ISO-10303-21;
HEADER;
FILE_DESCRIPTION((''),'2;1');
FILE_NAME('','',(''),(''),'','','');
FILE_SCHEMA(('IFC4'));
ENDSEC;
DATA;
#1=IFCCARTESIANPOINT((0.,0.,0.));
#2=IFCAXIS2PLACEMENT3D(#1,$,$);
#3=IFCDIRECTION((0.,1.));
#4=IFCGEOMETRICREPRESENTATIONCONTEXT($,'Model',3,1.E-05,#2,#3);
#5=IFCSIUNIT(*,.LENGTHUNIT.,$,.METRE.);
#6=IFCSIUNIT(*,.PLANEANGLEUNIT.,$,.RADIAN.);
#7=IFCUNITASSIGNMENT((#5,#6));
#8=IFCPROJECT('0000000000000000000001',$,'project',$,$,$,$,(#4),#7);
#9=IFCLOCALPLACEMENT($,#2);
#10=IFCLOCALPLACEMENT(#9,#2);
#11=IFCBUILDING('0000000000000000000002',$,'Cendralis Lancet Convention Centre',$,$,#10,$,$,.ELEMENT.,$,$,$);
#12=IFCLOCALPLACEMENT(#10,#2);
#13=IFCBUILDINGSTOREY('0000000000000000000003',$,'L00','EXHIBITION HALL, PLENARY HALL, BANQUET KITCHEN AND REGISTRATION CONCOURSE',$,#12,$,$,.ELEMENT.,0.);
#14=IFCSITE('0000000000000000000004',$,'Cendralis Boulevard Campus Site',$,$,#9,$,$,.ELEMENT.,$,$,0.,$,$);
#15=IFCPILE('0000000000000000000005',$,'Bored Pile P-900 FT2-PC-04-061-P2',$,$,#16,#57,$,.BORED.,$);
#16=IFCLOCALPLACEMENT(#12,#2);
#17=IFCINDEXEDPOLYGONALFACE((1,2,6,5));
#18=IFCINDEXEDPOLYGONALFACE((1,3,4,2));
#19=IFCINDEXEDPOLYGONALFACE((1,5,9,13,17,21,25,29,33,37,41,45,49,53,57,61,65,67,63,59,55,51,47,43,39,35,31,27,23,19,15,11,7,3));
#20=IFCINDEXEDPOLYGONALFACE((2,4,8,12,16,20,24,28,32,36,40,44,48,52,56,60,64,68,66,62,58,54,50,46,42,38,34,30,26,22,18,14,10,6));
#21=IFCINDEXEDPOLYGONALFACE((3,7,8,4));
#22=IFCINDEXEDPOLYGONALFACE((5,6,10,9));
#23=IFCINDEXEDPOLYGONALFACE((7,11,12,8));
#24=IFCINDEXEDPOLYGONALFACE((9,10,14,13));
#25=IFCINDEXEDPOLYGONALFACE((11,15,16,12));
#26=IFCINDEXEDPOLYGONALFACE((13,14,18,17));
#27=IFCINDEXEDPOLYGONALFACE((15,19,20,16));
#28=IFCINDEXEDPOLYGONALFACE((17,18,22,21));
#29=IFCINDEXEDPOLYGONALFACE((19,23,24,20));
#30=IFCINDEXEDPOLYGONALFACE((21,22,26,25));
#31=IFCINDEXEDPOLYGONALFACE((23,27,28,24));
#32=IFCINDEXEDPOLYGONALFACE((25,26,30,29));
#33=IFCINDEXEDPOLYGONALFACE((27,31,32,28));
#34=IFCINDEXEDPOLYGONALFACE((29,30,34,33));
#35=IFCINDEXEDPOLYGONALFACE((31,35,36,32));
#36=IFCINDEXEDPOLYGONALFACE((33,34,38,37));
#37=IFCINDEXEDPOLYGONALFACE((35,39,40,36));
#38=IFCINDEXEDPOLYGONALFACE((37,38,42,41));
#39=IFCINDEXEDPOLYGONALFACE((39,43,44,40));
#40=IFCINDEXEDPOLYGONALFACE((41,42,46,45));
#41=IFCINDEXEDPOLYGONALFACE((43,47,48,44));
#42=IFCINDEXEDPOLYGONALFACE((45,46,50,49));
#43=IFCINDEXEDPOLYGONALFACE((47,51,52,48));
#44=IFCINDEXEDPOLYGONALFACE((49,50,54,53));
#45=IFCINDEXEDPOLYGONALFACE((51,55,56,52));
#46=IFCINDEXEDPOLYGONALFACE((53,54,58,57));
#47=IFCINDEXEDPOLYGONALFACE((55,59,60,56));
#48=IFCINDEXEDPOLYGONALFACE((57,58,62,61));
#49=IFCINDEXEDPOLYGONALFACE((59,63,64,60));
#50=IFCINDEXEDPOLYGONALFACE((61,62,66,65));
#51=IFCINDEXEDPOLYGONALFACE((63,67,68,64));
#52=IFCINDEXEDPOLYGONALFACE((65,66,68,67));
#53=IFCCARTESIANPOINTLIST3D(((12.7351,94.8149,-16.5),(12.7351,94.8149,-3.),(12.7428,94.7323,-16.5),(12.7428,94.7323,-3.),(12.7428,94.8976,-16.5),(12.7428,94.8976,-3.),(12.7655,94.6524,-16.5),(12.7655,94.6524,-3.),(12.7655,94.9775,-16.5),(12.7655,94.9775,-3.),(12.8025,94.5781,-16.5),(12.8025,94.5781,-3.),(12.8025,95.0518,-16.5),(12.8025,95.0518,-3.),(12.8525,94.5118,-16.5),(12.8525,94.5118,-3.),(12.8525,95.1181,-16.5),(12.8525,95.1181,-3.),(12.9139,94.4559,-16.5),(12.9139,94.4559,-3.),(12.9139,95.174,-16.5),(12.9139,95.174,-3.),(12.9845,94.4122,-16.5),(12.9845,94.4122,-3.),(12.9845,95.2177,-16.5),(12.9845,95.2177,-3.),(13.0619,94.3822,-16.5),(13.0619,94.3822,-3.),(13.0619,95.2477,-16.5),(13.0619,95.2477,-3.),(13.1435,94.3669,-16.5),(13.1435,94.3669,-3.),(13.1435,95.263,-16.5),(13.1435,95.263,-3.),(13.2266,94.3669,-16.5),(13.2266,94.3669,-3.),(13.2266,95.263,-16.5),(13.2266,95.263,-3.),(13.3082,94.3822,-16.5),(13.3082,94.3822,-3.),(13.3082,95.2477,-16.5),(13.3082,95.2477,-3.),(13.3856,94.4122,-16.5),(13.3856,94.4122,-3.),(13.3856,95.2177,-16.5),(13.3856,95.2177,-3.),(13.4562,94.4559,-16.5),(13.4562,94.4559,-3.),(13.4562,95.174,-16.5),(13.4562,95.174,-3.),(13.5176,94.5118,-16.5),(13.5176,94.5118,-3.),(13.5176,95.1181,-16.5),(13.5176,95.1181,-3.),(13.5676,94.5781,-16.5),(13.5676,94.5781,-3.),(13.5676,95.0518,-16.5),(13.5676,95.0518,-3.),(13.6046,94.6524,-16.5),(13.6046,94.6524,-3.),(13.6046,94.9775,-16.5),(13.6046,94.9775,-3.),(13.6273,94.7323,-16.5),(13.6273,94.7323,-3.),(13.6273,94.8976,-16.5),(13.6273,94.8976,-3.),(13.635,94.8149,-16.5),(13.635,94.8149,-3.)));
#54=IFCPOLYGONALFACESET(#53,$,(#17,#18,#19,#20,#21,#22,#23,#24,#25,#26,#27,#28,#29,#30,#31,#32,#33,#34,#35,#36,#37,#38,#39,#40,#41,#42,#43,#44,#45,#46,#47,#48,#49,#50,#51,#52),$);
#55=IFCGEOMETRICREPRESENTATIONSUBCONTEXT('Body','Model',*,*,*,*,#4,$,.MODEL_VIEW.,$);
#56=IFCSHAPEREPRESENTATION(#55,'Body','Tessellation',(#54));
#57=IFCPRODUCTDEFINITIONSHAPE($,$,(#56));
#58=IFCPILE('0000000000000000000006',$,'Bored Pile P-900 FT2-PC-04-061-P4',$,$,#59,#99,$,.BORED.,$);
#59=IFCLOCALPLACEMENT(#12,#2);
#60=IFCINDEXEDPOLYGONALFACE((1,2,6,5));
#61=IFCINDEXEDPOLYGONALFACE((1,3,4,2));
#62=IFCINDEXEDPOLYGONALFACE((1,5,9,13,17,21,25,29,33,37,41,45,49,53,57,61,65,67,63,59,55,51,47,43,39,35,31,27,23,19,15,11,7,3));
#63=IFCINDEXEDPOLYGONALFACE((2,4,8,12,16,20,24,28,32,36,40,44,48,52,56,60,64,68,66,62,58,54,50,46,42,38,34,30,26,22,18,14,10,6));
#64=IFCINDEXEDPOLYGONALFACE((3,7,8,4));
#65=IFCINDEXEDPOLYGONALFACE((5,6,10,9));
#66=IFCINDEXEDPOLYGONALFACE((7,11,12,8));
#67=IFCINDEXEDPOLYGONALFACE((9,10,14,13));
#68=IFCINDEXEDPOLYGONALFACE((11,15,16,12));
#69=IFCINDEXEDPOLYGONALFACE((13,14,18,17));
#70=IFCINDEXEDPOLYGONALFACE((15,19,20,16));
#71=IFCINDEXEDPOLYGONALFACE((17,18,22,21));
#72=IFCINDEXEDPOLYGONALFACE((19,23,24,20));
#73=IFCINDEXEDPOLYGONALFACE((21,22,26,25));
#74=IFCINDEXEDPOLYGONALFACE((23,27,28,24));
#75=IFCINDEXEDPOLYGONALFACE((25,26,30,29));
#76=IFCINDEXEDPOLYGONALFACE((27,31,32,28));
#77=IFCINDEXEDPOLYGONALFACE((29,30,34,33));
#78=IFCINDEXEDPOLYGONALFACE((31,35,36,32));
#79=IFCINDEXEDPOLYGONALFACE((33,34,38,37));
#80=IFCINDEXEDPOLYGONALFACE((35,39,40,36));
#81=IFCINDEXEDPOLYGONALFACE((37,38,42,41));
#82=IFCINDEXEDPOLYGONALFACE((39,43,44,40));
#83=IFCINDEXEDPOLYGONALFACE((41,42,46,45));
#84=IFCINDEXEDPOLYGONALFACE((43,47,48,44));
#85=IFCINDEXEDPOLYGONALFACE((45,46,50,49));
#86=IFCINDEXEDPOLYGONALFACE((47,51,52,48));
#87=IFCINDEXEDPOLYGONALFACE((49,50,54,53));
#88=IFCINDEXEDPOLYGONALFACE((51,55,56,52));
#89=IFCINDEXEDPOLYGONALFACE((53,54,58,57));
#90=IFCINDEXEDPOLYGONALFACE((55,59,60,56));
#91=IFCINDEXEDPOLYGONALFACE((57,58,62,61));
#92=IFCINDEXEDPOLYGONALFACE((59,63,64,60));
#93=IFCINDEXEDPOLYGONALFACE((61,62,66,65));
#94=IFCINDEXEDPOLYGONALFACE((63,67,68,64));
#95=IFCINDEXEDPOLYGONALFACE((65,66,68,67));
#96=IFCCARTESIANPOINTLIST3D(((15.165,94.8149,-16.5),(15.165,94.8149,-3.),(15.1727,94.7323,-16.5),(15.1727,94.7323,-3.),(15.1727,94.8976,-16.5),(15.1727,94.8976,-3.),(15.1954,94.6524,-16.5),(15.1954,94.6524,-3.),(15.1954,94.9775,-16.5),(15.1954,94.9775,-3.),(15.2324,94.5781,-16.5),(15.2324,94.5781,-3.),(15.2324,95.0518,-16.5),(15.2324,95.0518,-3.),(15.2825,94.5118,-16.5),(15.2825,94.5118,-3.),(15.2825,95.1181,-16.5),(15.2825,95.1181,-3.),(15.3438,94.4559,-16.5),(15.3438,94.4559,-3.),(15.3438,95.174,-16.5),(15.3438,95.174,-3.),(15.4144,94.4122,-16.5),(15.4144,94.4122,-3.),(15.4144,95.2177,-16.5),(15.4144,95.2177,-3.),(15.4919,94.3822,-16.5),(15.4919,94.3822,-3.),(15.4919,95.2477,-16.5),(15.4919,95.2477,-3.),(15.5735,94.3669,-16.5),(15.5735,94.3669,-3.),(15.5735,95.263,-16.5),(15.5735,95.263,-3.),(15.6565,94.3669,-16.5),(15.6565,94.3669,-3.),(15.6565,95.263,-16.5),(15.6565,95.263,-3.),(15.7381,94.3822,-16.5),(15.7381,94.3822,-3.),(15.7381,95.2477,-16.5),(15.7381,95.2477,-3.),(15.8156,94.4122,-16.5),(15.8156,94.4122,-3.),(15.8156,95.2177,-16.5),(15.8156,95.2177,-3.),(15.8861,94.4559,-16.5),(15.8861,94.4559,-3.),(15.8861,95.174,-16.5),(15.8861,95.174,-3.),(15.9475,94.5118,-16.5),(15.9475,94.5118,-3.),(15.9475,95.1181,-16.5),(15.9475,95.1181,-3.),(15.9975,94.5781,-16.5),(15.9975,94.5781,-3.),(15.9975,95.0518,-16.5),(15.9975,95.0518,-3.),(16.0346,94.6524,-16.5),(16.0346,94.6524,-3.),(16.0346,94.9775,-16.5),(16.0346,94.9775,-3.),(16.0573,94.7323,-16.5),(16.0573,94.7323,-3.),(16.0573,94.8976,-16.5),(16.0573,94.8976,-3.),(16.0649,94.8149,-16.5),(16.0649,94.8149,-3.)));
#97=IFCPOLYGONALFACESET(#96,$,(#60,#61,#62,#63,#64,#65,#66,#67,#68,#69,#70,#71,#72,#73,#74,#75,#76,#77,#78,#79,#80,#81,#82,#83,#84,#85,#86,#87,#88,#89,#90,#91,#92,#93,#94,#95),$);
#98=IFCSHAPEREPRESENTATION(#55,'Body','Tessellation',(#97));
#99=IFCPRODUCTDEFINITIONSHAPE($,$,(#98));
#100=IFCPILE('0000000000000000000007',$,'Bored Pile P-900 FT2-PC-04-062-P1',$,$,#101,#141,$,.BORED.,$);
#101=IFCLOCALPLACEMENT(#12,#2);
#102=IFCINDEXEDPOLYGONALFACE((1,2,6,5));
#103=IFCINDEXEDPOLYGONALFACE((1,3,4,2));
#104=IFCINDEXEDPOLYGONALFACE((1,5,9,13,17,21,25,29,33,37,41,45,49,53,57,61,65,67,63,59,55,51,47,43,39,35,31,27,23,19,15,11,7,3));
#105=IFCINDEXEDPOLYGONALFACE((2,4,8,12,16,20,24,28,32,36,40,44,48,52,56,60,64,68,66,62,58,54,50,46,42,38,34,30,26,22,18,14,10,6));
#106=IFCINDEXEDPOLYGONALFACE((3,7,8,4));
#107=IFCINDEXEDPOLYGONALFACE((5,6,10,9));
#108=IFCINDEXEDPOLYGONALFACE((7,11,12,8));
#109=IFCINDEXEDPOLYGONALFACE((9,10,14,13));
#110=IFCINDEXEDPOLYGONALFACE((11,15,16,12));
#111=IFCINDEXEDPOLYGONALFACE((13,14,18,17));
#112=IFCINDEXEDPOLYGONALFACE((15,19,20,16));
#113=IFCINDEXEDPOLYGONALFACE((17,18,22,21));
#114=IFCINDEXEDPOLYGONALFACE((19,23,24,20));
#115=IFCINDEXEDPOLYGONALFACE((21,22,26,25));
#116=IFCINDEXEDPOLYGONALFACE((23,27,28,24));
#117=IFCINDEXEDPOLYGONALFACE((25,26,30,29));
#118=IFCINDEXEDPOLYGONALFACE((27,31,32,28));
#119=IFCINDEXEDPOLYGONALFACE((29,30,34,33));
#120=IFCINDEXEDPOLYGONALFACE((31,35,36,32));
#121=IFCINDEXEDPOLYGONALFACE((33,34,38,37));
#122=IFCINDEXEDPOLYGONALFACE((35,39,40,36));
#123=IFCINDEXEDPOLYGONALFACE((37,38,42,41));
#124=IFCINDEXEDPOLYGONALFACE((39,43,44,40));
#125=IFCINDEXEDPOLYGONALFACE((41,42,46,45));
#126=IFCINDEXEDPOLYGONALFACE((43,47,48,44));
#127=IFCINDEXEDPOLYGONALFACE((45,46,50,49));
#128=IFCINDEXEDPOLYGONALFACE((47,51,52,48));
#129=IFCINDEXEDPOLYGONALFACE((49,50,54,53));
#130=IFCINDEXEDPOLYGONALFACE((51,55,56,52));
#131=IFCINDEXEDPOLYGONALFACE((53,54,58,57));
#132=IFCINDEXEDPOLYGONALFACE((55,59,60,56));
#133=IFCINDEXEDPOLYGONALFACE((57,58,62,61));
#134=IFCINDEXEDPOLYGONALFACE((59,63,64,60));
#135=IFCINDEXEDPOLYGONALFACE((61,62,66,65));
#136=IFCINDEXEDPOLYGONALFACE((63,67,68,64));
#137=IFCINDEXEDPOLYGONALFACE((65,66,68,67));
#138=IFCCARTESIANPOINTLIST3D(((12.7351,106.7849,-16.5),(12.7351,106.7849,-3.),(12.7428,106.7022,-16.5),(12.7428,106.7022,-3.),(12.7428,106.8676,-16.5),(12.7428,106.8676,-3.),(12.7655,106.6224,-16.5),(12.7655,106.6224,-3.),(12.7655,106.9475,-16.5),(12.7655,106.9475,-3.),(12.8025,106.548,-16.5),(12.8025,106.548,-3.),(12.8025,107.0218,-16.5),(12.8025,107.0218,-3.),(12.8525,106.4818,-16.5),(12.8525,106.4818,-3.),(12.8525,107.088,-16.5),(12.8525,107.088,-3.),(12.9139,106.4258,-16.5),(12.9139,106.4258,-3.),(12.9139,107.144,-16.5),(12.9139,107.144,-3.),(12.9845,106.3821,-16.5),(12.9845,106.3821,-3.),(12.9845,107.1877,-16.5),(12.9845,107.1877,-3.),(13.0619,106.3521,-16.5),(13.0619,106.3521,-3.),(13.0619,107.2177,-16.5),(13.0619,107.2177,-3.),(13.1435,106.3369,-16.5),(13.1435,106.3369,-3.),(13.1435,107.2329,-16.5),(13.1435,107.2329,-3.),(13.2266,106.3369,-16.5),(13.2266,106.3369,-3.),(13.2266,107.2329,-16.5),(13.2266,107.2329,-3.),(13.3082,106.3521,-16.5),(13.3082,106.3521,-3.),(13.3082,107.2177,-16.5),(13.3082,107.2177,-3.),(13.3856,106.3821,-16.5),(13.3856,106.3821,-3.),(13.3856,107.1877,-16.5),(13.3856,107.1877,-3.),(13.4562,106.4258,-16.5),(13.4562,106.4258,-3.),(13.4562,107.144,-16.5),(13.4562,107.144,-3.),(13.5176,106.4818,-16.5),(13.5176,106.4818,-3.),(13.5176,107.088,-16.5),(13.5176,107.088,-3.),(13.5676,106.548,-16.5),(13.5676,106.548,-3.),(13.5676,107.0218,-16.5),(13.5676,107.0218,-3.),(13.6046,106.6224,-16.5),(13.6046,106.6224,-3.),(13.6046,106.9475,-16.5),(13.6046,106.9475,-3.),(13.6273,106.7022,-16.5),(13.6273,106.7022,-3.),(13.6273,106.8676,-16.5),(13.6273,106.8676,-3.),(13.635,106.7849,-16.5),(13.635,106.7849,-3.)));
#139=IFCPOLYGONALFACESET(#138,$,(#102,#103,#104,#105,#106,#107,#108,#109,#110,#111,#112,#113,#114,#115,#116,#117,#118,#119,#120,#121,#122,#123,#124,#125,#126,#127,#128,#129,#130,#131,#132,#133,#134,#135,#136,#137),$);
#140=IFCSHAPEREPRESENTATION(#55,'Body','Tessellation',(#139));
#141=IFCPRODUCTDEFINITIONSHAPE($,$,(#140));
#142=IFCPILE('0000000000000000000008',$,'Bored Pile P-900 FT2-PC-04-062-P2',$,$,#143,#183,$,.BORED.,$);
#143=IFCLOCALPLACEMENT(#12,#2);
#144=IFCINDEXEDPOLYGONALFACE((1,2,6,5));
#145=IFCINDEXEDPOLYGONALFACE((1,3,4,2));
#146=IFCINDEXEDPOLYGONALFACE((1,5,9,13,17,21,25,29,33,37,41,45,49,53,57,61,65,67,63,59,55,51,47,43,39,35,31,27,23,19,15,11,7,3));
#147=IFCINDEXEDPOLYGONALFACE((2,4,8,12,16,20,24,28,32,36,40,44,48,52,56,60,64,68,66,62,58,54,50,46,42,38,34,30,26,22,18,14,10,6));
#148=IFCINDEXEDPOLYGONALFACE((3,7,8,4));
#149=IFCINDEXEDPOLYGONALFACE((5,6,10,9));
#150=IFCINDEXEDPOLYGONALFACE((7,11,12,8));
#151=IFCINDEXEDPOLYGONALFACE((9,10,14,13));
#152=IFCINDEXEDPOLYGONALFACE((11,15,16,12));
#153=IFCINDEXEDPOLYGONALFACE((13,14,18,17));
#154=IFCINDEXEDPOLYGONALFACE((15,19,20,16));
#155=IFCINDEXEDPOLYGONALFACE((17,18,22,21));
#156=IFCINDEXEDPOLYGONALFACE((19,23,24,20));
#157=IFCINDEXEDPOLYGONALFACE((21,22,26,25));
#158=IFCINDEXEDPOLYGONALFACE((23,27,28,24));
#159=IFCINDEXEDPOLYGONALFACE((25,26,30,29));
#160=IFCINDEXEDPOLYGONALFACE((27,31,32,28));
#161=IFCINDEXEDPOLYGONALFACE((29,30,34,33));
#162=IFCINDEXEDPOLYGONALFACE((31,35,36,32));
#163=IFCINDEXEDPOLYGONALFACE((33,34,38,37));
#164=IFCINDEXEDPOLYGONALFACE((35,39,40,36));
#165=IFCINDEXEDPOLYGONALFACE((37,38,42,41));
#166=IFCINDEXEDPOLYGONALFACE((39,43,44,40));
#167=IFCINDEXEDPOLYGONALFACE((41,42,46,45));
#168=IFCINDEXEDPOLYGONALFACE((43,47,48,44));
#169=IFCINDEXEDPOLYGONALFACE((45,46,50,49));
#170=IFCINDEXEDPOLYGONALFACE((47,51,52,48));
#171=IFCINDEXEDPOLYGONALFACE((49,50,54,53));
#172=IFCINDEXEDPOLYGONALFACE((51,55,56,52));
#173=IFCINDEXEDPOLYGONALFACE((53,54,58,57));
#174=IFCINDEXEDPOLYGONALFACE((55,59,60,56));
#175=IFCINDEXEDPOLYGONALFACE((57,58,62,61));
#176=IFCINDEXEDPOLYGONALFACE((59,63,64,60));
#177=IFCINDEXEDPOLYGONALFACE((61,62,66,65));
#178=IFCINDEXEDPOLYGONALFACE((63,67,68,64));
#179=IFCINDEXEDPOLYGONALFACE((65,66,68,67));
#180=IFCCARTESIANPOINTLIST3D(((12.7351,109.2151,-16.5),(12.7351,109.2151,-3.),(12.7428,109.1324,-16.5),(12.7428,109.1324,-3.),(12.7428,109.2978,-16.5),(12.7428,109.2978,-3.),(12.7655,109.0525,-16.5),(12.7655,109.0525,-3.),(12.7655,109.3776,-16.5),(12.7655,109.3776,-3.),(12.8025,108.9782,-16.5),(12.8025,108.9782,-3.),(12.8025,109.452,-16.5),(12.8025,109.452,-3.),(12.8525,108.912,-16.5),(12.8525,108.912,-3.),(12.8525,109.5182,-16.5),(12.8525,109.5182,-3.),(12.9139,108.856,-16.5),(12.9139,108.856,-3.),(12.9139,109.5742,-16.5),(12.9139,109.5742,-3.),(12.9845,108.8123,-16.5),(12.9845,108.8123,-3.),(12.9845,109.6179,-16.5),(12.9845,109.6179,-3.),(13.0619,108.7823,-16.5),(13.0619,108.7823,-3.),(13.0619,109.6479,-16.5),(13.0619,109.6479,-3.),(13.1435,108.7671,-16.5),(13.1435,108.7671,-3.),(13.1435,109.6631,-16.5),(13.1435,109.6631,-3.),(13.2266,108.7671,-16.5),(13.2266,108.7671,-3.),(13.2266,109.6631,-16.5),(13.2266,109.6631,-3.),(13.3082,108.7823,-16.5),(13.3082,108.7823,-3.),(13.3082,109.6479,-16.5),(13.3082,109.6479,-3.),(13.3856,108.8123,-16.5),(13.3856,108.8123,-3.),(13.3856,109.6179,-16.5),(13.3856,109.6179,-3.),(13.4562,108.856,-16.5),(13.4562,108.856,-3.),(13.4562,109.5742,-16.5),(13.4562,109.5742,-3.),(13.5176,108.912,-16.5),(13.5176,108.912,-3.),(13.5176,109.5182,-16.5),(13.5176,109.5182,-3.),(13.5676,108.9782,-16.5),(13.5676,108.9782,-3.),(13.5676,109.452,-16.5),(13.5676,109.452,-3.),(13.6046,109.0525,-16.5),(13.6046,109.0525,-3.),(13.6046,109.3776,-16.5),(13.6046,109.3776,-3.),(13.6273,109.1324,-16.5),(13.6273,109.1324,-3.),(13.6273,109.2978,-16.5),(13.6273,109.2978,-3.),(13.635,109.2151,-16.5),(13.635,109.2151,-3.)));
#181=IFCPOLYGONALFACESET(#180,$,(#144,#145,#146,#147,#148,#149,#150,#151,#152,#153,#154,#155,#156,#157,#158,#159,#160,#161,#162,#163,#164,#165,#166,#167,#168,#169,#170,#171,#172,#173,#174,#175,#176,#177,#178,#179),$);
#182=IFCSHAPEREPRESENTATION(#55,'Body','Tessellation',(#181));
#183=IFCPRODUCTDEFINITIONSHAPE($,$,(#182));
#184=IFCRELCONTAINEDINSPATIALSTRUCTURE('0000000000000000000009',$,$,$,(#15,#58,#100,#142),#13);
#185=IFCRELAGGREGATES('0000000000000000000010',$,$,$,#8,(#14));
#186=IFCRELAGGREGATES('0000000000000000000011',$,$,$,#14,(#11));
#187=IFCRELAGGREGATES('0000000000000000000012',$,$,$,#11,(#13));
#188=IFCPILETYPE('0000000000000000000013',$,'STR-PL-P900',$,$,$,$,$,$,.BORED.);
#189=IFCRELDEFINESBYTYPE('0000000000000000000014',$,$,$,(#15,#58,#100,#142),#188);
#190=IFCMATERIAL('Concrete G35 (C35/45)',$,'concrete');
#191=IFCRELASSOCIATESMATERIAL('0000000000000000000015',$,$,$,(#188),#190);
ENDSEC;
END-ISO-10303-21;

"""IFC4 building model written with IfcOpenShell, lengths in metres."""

from ifc_helpers import new_model, si_unit, direction, frame, origin, origin_2d, place, context, subcontext, project, spatial, circle, extrude, material, material_profile, profile_set, type_object, element, save


model = new_model("IFC4")

# Units and contexts
model_context = context("Model", 3, precision=1e-05, world=origin(), true_north=direction((0.0, 1.0)))
body_context = subcontext(model_context, "Body", "Model", "MODEL_VIEW")
ifc_project = project(units=[si_unit("LENGTHUNIT", "METRE"), si_unit("PLANEANGLEUNIT", "RADIAN")], contexts=[model_context])

# Site, building, storey
site_placement = place(None, origin())
site = spatial("IfcSite", under=ifc_project, at=site_placement, Name="Cendralis Boulevard Campus Site", CompositionType="ELEMENT", RefElevation=0.0)
building_placement = place(site_placement, origin())
building = spatial("IfcBuilding", under=site, at=building_placement, Name="Cendralis Lancet Convention Centre", CompositionType="ELEMENT")
storey_placement = place(building_placement, origin())
storey = spatial("IfcBuildingStorey", under=building, at=storey_placement, Name="L00", Description="EXHIBITION HALL, PLENARY HALL, BANQUET KITCHEN AND REGISTRATION CONCOURSE", CompositionType="ELEMENT", Elevation=0.0)

# Shared definitions
ifc_material_1 = material(Name="Concrete G35 (C35/45)", Category="concrete")

# Piles
ifc_material_profile_1 = material_profile(ifc_material_1, circle(Radius=0.45, at=origin_2d()), Name="BORED PILE D900")
ifc_profile_set_1 = profile_set([ifc_material_profile_1], Name="Concrete G35 (C35/45)")
pile_type = type_object("IfcPileType", Name="STR-PL-P900", PredefinedType="BORED", material=ifc_profile_set_1)
for number, where, z_axis, x_axis, name in (
    (1, (13.1851, 94.8149, -3.0), (0.0, 0.0, -1.0), (1.0, 0.0, 0.0), "Bored Pile P-900 FT2-PC-04-061-P2"),
    (2, (15.615, 94.8149, -3.0), (0.0, 0.0, -1.0), (1.0, 0.0, 0.0), "Bored Pile P-900 FT2-PC-04-061-P4"),
    (3, (13.1851, 106.7849, -3.0), (0.0, 0.0, -1.0), (1.0, 0.0, 0.0), "Bored Pile P-900 FT2-PC-04-062-P1"),
    (4, (13.1851, 109.2151, -3.0), (0.0, 0.0, -1.0), (1.0, 0.0, 0.0), "Bored Pile P-900 FT2-PC-04-062-P2"),
):
    element("IfcPile", number, at=place(storey_placement, frame(where, z_axis=z_axis, x_axis=x_axis)), inside=storey, type_object=pile_type, Name=name, PredefinedType="BORED", context=body_context, shape_type="SweptSolid", body=[
        extrude(circle(Radius=0.45, at=origin_2d()), origin(), (0.0, 0.0, 1.0), 13.5),
    ])

save(model, "model.ifc")
